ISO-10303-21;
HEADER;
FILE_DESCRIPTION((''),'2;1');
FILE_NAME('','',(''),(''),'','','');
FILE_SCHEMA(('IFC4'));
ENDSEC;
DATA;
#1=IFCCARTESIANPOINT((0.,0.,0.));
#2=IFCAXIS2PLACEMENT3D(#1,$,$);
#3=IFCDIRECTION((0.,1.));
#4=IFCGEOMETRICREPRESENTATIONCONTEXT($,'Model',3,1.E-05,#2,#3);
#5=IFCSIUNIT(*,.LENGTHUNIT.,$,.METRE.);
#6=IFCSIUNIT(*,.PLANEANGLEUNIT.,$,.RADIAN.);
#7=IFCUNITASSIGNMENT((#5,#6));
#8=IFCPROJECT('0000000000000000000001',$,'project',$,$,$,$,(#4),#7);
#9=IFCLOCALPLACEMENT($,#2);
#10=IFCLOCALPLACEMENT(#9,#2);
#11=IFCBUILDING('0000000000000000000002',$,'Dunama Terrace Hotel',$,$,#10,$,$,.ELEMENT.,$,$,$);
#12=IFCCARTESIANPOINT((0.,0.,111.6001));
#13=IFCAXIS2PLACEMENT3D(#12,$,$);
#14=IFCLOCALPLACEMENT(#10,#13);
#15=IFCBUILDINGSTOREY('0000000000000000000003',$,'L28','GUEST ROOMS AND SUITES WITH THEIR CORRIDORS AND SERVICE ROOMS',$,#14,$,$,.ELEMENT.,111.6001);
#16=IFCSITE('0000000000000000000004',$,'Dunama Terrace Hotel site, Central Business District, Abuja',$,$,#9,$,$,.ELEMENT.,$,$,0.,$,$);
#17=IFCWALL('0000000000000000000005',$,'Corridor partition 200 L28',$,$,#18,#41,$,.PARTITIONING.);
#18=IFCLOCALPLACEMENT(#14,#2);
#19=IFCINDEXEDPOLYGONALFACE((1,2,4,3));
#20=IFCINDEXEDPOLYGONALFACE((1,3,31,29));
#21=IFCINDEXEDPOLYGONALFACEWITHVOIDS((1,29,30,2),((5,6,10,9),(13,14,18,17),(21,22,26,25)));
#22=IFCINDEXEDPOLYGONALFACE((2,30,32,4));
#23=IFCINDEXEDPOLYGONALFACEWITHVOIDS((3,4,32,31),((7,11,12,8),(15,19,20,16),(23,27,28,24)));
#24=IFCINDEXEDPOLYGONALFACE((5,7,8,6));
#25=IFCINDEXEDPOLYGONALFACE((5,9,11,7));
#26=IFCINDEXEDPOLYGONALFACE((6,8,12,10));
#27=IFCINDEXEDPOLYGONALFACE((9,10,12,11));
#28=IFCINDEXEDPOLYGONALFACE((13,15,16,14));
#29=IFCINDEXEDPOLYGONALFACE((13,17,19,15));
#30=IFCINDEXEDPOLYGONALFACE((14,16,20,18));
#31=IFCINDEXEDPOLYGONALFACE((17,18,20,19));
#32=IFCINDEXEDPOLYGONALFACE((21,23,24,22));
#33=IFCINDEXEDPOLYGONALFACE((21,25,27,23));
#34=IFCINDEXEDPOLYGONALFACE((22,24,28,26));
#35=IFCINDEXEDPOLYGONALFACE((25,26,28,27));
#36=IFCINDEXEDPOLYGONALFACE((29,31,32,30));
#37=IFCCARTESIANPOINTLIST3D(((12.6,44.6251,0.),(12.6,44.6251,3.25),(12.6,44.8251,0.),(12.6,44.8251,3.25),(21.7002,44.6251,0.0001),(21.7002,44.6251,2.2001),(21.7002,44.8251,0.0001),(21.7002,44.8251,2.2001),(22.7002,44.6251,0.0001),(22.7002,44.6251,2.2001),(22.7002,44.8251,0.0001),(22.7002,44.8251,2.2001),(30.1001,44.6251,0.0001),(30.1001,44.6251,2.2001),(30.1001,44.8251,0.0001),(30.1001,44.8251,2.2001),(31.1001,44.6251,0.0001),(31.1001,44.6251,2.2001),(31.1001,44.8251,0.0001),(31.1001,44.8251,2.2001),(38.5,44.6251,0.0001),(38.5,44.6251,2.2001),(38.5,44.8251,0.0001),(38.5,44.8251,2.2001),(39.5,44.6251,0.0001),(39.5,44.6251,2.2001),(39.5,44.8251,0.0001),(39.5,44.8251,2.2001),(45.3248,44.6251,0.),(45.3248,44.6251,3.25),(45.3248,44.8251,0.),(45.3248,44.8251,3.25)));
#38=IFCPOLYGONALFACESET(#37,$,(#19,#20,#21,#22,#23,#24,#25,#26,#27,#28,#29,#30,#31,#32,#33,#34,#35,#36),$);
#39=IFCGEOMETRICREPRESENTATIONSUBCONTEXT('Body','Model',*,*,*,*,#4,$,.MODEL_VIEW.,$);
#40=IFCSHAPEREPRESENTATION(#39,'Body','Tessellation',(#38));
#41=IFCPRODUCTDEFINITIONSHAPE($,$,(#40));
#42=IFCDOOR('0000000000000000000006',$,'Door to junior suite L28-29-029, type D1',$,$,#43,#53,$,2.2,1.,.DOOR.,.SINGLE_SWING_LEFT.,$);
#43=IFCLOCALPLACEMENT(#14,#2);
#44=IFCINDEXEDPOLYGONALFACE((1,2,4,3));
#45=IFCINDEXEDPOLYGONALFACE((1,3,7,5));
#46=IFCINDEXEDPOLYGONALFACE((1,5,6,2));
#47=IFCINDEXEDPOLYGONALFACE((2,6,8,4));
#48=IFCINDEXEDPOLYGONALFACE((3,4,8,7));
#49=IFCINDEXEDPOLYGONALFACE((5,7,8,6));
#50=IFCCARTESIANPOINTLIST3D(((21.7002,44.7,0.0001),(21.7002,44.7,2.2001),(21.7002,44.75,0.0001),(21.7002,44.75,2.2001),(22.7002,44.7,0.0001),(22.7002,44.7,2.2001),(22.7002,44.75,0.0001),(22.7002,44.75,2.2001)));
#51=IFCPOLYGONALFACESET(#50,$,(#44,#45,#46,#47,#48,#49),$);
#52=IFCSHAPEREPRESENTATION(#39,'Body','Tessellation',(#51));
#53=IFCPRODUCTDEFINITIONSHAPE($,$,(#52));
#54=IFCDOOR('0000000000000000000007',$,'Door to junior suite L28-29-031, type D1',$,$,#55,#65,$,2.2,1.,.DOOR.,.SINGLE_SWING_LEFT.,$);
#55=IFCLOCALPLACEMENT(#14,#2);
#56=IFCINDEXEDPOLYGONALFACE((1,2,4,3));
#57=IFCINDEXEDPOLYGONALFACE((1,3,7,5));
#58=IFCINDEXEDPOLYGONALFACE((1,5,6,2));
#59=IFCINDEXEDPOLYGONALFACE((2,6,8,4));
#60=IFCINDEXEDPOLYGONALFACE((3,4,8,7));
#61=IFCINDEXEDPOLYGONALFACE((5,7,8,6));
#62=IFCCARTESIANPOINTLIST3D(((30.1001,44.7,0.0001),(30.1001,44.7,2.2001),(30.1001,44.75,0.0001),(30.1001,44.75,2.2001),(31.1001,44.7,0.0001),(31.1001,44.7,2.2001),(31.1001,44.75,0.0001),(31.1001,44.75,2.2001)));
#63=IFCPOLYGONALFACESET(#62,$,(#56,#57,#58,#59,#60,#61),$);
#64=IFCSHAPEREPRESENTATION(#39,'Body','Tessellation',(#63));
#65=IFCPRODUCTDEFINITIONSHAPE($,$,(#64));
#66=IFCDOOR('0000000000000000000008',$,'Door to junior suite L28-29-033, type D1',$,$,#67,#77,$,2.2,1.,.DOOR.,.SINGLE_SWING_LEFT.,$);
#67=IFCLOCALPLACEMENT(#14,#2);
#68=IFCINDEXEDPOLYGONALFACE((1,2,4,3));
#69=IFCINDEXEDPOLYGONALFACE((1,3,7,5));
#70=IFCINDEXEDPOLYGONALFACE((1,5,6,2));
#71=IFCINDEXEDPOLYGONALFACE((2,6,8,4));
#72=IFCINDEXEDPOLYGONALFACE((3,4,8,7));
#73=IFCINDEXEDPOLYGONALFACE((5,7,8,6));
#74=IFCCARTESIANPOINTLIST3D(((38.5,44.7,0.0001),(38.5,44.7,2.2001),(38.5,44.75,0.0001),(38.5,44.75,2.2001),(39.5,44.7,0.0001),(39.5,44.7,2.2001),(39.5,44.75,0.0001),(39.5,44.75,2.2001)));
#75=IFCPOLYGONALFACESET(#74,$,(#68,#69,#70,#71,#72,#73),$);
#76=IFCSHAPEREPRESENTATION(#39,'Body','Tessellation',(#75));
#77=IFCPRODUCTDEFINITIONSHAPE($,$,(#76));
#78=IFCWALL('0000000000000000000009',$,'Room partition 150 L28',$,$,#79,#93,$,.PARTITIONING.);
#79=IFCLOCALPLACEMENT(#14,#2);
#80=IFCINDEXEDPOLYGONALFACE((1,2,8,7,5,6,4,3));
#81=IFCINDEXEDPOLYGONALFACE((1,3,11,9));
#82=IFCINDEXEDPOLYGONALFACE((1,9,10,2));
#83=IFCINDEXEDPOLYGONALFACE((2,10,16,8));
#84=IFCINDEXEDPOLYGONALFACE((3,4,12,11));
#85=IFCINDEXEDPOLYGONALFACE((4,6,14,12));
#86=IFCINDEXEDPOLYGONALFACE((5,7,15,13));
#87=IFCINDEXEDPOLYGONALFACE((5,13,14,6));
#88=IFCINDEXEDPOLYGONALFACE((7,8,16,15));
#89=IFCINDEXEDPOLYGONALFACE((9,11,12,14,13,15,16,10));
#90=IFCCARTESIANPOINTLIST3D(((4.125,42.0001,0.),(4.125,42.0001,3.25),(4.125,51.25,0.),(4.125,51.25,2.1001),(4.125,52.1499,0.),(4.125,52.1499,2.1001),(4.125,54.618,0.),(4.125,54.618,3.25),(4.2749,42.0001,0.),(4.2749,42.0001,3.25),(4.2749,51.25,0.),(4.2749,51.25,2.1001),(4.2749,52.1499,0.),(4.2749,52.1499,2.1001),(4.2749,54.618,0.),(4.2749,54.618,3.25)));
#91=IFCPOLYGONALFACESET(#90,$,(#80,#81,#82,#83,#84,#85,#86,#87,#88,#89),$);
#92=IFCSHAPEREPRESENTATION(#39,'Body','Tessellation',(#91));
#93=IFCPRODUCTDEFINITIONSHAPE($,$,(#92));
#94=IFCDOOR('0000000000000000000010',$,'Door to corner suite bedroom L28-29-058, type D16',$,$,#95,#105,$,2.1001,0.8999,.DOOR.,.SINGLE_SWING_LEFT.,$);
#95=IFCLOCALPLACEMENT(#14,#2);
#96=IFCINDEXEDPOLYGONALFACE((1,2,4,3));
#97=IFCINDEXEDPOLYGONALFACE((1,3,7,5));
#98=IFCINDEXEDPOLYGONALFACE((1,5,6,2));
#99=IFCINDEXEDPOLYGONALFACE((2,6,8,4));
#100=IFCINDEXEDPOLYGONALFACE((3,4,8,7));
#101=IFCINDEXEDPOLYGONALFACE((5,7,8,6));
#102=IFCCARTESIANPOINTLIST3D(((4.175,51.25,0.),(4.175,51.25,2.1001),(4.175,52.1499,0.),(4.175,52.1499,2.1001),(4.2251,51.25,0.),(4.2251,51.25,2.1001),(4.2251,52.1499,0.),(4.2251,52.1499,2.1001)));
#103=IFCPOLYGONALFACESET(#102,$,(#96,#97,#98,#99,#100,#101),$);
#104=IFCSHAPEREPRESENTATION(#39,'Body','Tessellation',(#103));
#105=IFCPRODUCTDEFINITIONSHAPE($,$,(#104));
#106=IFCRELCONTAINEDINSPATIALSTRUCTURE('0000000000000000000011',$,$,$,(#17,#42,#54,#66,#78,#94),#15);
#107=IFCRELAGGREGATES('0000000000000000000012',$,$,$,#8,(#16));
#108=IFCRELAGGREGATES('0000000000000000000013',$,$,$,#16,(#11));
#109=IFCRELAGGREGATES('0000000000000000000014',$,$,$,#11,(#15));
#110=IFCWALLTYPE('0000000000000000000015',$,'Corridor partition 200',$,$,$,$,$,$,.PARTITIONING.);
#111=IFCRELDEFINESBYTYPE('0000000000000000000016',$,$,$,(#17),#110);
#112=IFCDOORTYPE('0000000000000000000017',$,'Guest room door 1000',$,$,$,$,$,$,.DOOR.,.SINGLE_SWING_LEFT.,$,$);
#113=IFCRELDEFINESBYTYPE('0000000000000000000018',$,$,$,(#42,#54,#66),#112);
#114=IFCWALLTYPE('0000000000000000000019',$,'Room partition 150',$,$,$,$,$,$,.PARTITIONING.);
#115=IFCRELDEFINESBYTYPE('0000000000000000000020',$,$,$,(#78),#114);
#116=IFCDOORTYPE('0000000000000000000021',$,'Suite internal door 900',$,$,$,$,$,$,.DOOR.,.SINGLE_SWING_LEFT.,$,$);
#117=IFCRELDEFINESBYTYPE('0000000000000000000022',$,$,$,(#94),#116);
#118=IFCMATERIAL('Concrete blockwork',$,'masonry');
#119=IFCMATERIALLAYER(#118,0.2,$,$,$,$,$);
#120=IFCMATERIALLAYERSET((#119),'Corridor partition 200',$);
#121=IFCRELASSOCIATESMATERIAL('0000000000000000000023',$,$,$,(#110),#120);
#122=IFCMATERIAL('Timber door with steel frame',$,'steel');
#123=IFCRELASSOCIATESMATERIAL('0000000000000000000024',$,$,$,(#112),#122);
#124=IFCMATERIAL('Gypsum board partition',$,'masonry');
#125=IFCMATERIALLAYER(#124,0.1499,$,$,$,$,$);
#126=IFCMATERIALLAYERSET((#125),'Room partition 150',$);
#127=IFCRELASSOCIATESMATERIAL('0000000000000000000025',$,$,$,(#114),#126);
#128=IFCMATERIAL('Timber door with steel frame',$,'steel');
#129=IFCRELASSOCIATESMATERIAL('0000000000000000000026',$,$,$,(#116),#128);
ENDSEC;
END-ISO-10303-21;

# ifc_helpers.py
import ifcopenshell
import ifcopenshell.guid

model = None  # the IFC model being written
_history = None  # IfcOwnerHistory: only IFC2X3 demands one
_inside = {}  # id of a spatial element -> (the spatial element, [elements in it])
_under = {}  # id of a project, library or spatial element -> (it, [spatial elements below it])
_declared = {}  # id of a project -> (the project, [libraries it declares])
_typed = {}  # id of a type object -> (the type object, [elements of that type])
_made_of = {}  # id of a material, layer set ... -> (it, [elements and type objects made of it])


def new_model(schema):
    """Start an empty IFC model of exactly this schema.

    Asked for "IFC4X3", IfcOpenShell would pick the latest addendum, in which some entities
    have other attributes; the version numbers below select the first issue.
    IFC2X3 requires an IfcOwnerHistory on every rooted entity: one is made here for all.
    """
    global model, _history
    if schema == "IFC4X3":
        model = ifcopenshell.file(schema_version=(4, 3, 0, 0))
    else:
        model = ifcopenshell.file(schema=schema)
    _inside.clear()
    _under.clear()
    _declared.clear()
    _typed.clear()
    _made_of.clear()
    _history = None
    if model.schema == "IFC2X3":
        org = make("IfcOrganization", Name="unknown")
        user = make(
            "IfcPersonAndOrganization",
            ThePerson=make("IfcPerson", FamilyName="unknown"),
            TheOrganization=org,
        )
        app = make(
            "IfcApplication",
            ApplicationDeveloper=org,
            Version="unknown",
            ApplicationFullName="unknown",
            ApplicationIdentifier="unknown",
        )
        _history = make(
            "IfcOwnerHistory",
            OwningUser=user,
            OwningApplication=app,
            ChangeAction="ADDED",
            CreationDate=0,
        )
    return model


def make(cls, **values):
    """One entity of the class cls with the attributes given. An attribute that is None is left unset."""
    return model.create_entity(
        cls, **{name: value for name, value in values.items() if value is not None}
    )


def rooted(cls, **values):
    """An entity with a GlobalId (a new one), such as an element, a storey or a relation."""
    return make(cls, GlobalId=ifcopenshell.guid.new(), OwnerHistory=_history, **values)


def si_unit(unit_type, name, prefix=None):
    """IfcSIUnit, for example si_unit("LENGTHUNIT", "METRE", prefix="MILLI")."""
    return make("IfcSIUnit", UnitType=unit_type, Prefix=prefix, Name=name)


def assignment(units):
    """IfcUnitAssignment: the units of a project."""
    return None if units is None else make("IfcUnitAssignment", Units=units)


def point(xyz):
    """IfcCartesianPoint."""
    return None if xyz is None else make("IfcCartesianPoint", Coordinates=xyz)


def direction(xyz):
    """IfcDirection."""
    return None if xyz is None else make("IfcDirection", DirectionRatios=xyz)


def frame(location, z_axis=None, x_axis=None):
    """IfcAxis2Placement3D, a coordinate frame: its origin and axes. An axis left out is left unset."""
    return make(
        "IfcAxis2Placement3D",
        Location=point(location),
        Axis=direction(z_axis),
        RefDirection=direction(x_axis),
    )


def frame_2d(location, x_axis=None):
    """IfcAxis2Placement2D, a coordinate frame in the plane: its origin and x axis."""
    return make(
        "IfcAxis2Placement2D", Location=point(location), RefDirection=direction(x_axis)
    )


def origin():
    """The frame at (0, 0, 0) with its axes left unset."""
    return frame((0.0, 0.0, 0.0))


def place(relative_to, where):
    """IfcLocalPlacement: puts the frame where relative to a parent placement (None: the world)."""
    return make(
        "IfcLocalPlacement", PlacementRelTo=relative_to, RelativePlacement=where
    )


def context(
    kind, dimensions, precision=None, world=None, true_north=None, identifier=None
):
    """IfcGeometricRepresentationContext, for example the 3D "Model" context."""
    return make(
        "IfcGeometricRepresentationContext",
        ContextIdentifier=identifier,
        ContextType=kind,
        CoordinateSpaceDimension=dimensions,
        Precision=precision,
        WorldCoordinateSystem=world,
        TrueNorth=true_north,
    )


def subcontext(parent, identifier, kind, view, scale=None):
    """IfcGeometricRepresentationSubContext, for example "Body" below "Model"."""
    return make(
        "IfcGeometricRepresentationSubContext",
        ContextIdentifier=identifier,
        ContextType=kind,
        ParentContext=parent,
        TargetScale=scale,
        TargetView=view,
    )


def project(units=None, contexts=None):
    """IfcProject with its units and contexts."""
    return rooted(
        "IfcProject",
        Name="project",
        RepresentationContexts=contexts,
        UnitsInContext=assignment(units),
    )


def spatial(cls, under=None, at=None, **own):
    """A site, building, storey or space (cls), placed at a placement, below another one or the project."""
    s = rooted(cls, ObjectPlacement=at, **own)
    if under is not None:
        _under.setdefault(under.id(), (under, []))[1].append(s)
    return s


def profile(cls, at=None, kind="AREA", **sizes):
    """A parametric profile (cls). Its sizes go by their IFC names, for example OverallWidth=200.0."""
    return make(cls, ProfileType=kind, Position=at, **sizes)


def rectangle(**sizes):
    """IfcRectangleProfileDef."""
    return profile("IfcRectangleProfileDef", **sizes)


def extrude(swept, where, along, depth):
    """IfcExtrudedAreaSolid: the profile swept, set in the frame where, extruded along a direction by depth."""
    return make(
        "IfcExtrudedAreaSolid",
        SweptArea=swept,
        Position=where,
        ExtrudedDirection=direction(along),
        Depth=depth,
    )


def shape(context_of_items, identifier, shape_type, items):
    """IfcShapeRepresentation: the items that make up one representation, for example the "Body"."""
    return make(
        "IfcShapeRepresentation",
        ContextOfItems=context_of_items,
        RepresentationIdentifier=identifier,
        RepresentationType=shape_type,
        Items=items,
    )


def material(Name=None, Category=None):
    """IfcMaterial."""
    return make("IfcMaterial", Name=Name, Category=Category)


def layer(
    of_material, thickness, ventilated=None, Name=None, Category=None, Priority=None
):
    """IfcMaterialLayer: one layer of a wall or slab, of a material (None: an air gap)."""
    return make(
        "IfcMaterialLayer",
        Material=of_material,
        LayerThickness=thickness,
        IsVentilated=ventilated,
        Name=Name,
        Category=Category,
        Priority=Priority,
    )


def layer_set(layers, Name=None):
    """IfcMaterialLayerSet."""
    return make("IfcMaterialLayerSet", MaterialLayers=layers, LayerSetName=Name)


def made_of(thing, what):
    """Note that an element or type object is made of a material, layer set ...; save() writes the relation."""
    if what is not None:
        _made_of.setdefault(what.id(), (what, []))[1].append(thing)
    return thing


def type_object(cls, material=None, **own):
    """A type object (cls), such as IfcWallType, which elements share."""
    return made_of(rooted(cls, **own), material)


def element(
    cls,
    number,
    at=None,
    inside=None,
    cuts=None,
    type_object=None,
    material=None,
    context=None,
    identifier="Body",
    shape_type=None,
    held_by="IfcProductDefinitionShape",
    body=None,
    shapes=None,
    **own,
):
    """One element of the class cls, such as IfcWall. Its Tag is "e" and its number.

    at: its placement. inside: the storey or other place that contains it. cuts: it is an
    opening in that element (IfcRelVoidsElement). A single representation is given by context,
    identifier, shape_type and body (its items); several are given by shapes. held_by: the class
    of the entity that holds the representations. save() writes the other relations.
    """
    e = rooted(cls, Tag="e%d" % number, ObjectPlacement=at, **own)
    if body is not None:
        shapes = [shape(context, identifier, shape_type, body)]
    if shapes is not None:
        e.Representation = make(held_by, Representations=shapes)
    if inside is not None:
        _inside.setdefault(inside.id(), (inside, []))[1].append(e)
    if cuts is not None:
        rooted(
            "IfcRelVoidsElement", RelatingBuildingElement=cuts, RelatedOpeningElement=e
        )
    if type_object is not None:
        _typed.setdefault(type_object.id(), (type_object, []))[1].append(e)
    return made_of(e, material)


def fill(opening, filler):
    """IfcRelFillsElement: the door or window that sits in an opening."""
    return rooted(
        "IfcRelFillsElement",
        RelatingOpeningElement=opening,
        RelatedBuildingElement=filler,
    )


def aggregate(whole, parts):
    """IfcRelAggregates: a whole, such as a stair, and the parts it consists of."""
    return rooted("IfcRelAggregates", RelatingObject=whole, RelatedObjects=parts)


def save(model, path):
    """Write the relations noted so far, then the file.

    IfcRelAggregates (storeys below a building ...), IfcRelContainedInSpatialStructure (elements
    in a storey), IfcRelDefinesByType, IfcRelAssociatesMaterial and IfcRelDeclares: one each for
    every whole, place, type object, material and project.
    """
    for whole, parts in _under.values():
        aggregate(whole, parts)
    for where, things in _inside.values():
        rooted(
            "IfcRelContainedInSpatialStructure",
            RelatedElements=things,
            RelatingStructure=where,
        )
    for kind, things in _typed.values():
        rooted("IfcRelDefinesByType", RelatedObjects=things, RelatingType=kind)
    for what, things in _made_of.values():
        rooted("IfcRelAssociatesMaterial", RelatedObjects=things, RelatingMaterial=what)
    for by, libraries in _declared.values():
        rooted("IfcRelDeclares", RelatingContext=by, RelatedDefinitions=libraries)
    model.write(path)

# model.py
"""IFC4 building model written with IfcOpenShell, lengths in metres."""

from ifc_helpers import new_model, si_unit, direction, frame, frame_2d, origin, place, context, subcontext, project, spatial, rectangle, extrude, material, layer, layer_set, type_object, element, fill, save


model = new_model("IFC4")

# Units and contexts
model_context = context("Model", 3, precision=1e-05, world=origin(), true_north=direction((0.0, 1.0)))
body_context = subcontext(model_context, "Body", "Model", "MODEL_VIEW")
ifc_project = project(units=[si_unit("LENGTHUNIT", "METRE"), si_unit("PLANEANGLEUNIT", "RADIAN")], contexts=[model_context])

# Site, building, storey
site_placement = place(None, origin())
site = spatial("IfcSite", under=ifc_project, at=site_placement, Name="Dunama Terrace Hotel site, Central Business District, Abuja", CompositionType="ELEMENT", RefElevation=0.0)
building_placement = place(site_placement, origin())
building = spatial("IfcBuilding", under=site, at=building_placement, Name="Dunama Terrace Hotel", CompositionType="ELEMENT")
storey_placement = place(building_placement, frame((0.0, 0.0, 111.6001)))
storey = spatial("IfcBuildingStorey", under=building, at=storey_placement, Name="L28", Description="GUEST ROOMS AND SUITES WITH THEIR CORRIDORS AND SERVICE ROOMS", CompositionType="ELEMENT", Elevation=111.6001)

# Wall, openings, doors
ifc_material_1 = material(Name="Concrete blockwork", Category="masonry")
ifc_layer_1 = layer(ifc_material_1, 0.2)
ifc_layer_set_1 = layer_set([ifc_layer_1], Name="Corridor partition 200")
wall_type_1 = type_object("IfcWallType", Name="Corridor partition 200", PredefinedType="PARTITIONING", material=ifc_layer_set_1)
wall_1_placement = place(storey_placement, frame((12.6001, 44.7251, 0.0), z_axis=(0.0, 0.0, 1.0), x_axis=(1.0, 0.0, 0.0)))
wall_1 = element("IfcWall", 1, at=wall_1_placement, inside=storey, type_object=wall_type_1, Name="Corridor partition 200 L28", PredefinedType="PARTITIONING", context=body_context, shape_type="SweptSolid", body=[
    extrude(rectangle(XDim=32.7249, YDim=0.2, at=frame_2d((16.3623, 0.0))), origin(), (0.0, 0.0, 1.0), 3.25),
])
opening_1_placement = place(wall_1_placement, frame((9.1001, 0.0, 0.0)))
opening_1 = element("IfcOpeningElement", 2, at=opening_1_placement, cuts=wall_1, PredefinedType="OPENING", context=body_context, shape_type="SweptSolid", body=[
    extrude(rectangle(XDim=1.0, YDim=2.2, at=frame_2d((0.5, 1.1001))), frame((0.0, 0.1099, 0.0), z_axis=(0.0, -1.0, 0.0), x_axis=(1.0, 0.0, 0.0)), (0.0, 0.0, 1.0), 0.22),
])
opening_2_placement = place(wall_1_placement, frame((17.5, 0.0, 0.0)))
opening_2 = element("IfcOpeningElement", 3, at=opening_2_placement, cuts=wall_1, PredefinedType="OPENING", context=body_context, shape_type="SweptSolid", body=[
    extrude(rectangle(XDim=1.0, YDim=2.2, at=frame_2d((0.5, 1.1001))), frame((0.0, 0.1099, 0.0), z_axis=(0.0, -1.0, 0.0), x_axis=(1.0, 0.0, 0.0)), (0.0, 0.0, 1.0), 0.22),
])
opening_3_placement = place(wall_1_placement, frame((25.8999, 0.0, 0.0)))
opening_3 = element("IfcOpeningElement", 4, at=opening_3_placement, cuts=wall_1, PredefinedType="OPENING", context=body_context, shape_type="SweptSolid", body=[
    extrude(rectangle(XDim=1.0, YDim=2.2, at=frame_2d((0.5, 1.1001))), frame((0.0, 0.1099, 0.0), z_axis=(0.0, -1.0, 0.0), x_axis=(1.0, 0.0, 0.0)), (0.0, 0.0, 1.0), 0.22),
])
ifc_material_2 = material(Name="Timber door with steel frame", Category="steel")
door_type_1 = type_object("IfcDoorType", Name="Guest room door 1000", OperationType="SINGLE_SWING_LEFT", PredefinedType="DOOR", material=ifc_material_2)
door_1_placement = place(opening_1_placement, origin())
door_1 = element("IfcDoor", 5, at=door_1_placement, inside=storey, type_object=door_type_1, Name="Door to junior suite L28-29-029, type D1", OperationType="SINGLE_SWING_LEFT", OverallHeight=2.2, OverallWidth=1.0, PredefinedType="DOOR", context=body_context, shape_type="SweptSolid", body=[
    extrude(rectangle(XDim=1.0, YDim=2.2, at=frame_2d((0.5, 1.1001))), frame((0.0, 0.0249, 0.0), z_axis=(0.0, -1.0, 0.0), x_axis=(1.0, 0.0, 0.0)), (0.0, 0.0, 1.0), 0.05),
])
fill(opening_1, door_1)
door_2_placement = place(opening_2_placement, origin())
door_2 = element("IfcDoor", 6, at=door_2_placement, inside=storey, type_object=door_type_1, Name="Door to junior suite L28-29-031, type D1", OperationType="SINGLE_SWING_LEFT", OverallHeight=2.2, OverallWidth=1.0, PredefinedType="DOOR", context=body_context, shape_type="SweptSolid", body=[
    extrude(rectangle(XDim=1.0, YDim=2.2, at=frame_2d((0.5, 1.1001))), frame((0.0, 0.0249, 0.0), z_axis=(0.0, -1.0, 0.0), x_axis=(1.0, 0.0, 0.0)), (0.0, 0.0, 1.0), 0.05),
])
fill(opening_2, door_2)
door_3_placement = place(opening_3_placement, origin())
door_3 = element("IfcDoor", 7, at=door_3_placement, inside=storey, type_object=door_type_1, Name="Door to junior suite L28-29-033, type D1", OperationType="SINGLE_SWING_LEFT", OverallHeight=2.2, OverallWidth=1.0, PredefinedType="DOOR", context=body_context, shape_type="SweptSolid", body=[
    extrude(rectangle(XDim=1.0, YDim=2.2, at=frame_2d((0.5, 1.1001))), frame((0.0, 0.0249, 0.0), z_axis=(0.0, -1.0, 0.0), x_axis=(1.0, 0.0, 0.0)), (0.0, 0.0, 1.0), 0.05),
])
fill(opening_3, door_3)

# Wall, opening, door
ifc_material_3 = material(Name="Gypsum board partition", Category="masonry")
ifc_layer_2 = layer(ifc_material_3, 0.1499)
ifc_layer_set_2 = layer_set([ifc_layer_2], Name="Room partition 150")
wall_type_2 = type_object("IfcWallType", Name="Room partition 150", PredefinedType="PARTITIONING", material=ifc_layer_set_2)
wall_2_placement = place(storey_placement, frame((4.2, 42.0, 0.0), z_axis=(0.0, 0.0, 1.0), x_axis=(0.0, 1.0, 0.0)))
wall_2 = element("IfcWall", 8, at=wall_2_placement, inside=storey, type_object=wall_type_2, Name="Room partition 150 L28", PredefinedType="PARTITIONING", context=body_context, shape_type="SweptSolid", body=[
    extrude(rectangle(XDim=12.6179, YDim=0.1499, at=frame_2d((6.3091, 0.0))), origin(), (0.0, 0.0, 1.0), 3.25),
])
opening_4_placement = place(wall_2_placement, frame((9.25, 0.0, 0.0)))
opening_4 = element("IfcOpeningElement", 9, at=opening_4_placement, cuts=wall_2, PredefinedType="OPENING", context=body_context, shape_type="SweptSolid", body=[
    extrude(rectangle(XDim=0.8999, YDim=2.1001, at=frame_2d((0.45, 1.05))), frame((0.0, 0.085, 0.0), z_axis=(0.0, -1.0, 0.0), x_axis=(1.0, 0.0, 0.0)), (0.0, 0.0, 1.0), 0.1699),
])
ifc_material_4 = material(Name="Timber door with steel frame", Category="steel")
door_type_2 = type_object("IfcDoorType", Name="Suite internal door 900", OperationType="SINGLE_SWING_LEFT", PredefinedType="DOOR", material=ifc_material_4)
door_4_placement = place(opening_4_placement, origin())
door_4 = element("IfcDoor", 10, at=door_4_placement, inside=storey, type_object=door_type_2, Name="Door to corner suite bedroom L28-29-058, type D16", OperationType="SINGLE_SWING_LEFT", OverallHeight=2.1001, OverallWidth=0.8999, PredefinedType="DOOR", context=body_context, shape_type="SweptSolid", body=[
    extrude(rectangle(XDim=0.8999, YDim=2.1001, at=frame_2d((0.45, 1.05))), frame((0.0, 0.0249, 0.0), z_axis=(0.0, -1.0, 0.0), x_axis=(1.0, 0.0, 0.0)), (0.0, 0.0, 1.0), 0.05),
])
fill(opening_4, door_4)

save(model, "model.ifc")
